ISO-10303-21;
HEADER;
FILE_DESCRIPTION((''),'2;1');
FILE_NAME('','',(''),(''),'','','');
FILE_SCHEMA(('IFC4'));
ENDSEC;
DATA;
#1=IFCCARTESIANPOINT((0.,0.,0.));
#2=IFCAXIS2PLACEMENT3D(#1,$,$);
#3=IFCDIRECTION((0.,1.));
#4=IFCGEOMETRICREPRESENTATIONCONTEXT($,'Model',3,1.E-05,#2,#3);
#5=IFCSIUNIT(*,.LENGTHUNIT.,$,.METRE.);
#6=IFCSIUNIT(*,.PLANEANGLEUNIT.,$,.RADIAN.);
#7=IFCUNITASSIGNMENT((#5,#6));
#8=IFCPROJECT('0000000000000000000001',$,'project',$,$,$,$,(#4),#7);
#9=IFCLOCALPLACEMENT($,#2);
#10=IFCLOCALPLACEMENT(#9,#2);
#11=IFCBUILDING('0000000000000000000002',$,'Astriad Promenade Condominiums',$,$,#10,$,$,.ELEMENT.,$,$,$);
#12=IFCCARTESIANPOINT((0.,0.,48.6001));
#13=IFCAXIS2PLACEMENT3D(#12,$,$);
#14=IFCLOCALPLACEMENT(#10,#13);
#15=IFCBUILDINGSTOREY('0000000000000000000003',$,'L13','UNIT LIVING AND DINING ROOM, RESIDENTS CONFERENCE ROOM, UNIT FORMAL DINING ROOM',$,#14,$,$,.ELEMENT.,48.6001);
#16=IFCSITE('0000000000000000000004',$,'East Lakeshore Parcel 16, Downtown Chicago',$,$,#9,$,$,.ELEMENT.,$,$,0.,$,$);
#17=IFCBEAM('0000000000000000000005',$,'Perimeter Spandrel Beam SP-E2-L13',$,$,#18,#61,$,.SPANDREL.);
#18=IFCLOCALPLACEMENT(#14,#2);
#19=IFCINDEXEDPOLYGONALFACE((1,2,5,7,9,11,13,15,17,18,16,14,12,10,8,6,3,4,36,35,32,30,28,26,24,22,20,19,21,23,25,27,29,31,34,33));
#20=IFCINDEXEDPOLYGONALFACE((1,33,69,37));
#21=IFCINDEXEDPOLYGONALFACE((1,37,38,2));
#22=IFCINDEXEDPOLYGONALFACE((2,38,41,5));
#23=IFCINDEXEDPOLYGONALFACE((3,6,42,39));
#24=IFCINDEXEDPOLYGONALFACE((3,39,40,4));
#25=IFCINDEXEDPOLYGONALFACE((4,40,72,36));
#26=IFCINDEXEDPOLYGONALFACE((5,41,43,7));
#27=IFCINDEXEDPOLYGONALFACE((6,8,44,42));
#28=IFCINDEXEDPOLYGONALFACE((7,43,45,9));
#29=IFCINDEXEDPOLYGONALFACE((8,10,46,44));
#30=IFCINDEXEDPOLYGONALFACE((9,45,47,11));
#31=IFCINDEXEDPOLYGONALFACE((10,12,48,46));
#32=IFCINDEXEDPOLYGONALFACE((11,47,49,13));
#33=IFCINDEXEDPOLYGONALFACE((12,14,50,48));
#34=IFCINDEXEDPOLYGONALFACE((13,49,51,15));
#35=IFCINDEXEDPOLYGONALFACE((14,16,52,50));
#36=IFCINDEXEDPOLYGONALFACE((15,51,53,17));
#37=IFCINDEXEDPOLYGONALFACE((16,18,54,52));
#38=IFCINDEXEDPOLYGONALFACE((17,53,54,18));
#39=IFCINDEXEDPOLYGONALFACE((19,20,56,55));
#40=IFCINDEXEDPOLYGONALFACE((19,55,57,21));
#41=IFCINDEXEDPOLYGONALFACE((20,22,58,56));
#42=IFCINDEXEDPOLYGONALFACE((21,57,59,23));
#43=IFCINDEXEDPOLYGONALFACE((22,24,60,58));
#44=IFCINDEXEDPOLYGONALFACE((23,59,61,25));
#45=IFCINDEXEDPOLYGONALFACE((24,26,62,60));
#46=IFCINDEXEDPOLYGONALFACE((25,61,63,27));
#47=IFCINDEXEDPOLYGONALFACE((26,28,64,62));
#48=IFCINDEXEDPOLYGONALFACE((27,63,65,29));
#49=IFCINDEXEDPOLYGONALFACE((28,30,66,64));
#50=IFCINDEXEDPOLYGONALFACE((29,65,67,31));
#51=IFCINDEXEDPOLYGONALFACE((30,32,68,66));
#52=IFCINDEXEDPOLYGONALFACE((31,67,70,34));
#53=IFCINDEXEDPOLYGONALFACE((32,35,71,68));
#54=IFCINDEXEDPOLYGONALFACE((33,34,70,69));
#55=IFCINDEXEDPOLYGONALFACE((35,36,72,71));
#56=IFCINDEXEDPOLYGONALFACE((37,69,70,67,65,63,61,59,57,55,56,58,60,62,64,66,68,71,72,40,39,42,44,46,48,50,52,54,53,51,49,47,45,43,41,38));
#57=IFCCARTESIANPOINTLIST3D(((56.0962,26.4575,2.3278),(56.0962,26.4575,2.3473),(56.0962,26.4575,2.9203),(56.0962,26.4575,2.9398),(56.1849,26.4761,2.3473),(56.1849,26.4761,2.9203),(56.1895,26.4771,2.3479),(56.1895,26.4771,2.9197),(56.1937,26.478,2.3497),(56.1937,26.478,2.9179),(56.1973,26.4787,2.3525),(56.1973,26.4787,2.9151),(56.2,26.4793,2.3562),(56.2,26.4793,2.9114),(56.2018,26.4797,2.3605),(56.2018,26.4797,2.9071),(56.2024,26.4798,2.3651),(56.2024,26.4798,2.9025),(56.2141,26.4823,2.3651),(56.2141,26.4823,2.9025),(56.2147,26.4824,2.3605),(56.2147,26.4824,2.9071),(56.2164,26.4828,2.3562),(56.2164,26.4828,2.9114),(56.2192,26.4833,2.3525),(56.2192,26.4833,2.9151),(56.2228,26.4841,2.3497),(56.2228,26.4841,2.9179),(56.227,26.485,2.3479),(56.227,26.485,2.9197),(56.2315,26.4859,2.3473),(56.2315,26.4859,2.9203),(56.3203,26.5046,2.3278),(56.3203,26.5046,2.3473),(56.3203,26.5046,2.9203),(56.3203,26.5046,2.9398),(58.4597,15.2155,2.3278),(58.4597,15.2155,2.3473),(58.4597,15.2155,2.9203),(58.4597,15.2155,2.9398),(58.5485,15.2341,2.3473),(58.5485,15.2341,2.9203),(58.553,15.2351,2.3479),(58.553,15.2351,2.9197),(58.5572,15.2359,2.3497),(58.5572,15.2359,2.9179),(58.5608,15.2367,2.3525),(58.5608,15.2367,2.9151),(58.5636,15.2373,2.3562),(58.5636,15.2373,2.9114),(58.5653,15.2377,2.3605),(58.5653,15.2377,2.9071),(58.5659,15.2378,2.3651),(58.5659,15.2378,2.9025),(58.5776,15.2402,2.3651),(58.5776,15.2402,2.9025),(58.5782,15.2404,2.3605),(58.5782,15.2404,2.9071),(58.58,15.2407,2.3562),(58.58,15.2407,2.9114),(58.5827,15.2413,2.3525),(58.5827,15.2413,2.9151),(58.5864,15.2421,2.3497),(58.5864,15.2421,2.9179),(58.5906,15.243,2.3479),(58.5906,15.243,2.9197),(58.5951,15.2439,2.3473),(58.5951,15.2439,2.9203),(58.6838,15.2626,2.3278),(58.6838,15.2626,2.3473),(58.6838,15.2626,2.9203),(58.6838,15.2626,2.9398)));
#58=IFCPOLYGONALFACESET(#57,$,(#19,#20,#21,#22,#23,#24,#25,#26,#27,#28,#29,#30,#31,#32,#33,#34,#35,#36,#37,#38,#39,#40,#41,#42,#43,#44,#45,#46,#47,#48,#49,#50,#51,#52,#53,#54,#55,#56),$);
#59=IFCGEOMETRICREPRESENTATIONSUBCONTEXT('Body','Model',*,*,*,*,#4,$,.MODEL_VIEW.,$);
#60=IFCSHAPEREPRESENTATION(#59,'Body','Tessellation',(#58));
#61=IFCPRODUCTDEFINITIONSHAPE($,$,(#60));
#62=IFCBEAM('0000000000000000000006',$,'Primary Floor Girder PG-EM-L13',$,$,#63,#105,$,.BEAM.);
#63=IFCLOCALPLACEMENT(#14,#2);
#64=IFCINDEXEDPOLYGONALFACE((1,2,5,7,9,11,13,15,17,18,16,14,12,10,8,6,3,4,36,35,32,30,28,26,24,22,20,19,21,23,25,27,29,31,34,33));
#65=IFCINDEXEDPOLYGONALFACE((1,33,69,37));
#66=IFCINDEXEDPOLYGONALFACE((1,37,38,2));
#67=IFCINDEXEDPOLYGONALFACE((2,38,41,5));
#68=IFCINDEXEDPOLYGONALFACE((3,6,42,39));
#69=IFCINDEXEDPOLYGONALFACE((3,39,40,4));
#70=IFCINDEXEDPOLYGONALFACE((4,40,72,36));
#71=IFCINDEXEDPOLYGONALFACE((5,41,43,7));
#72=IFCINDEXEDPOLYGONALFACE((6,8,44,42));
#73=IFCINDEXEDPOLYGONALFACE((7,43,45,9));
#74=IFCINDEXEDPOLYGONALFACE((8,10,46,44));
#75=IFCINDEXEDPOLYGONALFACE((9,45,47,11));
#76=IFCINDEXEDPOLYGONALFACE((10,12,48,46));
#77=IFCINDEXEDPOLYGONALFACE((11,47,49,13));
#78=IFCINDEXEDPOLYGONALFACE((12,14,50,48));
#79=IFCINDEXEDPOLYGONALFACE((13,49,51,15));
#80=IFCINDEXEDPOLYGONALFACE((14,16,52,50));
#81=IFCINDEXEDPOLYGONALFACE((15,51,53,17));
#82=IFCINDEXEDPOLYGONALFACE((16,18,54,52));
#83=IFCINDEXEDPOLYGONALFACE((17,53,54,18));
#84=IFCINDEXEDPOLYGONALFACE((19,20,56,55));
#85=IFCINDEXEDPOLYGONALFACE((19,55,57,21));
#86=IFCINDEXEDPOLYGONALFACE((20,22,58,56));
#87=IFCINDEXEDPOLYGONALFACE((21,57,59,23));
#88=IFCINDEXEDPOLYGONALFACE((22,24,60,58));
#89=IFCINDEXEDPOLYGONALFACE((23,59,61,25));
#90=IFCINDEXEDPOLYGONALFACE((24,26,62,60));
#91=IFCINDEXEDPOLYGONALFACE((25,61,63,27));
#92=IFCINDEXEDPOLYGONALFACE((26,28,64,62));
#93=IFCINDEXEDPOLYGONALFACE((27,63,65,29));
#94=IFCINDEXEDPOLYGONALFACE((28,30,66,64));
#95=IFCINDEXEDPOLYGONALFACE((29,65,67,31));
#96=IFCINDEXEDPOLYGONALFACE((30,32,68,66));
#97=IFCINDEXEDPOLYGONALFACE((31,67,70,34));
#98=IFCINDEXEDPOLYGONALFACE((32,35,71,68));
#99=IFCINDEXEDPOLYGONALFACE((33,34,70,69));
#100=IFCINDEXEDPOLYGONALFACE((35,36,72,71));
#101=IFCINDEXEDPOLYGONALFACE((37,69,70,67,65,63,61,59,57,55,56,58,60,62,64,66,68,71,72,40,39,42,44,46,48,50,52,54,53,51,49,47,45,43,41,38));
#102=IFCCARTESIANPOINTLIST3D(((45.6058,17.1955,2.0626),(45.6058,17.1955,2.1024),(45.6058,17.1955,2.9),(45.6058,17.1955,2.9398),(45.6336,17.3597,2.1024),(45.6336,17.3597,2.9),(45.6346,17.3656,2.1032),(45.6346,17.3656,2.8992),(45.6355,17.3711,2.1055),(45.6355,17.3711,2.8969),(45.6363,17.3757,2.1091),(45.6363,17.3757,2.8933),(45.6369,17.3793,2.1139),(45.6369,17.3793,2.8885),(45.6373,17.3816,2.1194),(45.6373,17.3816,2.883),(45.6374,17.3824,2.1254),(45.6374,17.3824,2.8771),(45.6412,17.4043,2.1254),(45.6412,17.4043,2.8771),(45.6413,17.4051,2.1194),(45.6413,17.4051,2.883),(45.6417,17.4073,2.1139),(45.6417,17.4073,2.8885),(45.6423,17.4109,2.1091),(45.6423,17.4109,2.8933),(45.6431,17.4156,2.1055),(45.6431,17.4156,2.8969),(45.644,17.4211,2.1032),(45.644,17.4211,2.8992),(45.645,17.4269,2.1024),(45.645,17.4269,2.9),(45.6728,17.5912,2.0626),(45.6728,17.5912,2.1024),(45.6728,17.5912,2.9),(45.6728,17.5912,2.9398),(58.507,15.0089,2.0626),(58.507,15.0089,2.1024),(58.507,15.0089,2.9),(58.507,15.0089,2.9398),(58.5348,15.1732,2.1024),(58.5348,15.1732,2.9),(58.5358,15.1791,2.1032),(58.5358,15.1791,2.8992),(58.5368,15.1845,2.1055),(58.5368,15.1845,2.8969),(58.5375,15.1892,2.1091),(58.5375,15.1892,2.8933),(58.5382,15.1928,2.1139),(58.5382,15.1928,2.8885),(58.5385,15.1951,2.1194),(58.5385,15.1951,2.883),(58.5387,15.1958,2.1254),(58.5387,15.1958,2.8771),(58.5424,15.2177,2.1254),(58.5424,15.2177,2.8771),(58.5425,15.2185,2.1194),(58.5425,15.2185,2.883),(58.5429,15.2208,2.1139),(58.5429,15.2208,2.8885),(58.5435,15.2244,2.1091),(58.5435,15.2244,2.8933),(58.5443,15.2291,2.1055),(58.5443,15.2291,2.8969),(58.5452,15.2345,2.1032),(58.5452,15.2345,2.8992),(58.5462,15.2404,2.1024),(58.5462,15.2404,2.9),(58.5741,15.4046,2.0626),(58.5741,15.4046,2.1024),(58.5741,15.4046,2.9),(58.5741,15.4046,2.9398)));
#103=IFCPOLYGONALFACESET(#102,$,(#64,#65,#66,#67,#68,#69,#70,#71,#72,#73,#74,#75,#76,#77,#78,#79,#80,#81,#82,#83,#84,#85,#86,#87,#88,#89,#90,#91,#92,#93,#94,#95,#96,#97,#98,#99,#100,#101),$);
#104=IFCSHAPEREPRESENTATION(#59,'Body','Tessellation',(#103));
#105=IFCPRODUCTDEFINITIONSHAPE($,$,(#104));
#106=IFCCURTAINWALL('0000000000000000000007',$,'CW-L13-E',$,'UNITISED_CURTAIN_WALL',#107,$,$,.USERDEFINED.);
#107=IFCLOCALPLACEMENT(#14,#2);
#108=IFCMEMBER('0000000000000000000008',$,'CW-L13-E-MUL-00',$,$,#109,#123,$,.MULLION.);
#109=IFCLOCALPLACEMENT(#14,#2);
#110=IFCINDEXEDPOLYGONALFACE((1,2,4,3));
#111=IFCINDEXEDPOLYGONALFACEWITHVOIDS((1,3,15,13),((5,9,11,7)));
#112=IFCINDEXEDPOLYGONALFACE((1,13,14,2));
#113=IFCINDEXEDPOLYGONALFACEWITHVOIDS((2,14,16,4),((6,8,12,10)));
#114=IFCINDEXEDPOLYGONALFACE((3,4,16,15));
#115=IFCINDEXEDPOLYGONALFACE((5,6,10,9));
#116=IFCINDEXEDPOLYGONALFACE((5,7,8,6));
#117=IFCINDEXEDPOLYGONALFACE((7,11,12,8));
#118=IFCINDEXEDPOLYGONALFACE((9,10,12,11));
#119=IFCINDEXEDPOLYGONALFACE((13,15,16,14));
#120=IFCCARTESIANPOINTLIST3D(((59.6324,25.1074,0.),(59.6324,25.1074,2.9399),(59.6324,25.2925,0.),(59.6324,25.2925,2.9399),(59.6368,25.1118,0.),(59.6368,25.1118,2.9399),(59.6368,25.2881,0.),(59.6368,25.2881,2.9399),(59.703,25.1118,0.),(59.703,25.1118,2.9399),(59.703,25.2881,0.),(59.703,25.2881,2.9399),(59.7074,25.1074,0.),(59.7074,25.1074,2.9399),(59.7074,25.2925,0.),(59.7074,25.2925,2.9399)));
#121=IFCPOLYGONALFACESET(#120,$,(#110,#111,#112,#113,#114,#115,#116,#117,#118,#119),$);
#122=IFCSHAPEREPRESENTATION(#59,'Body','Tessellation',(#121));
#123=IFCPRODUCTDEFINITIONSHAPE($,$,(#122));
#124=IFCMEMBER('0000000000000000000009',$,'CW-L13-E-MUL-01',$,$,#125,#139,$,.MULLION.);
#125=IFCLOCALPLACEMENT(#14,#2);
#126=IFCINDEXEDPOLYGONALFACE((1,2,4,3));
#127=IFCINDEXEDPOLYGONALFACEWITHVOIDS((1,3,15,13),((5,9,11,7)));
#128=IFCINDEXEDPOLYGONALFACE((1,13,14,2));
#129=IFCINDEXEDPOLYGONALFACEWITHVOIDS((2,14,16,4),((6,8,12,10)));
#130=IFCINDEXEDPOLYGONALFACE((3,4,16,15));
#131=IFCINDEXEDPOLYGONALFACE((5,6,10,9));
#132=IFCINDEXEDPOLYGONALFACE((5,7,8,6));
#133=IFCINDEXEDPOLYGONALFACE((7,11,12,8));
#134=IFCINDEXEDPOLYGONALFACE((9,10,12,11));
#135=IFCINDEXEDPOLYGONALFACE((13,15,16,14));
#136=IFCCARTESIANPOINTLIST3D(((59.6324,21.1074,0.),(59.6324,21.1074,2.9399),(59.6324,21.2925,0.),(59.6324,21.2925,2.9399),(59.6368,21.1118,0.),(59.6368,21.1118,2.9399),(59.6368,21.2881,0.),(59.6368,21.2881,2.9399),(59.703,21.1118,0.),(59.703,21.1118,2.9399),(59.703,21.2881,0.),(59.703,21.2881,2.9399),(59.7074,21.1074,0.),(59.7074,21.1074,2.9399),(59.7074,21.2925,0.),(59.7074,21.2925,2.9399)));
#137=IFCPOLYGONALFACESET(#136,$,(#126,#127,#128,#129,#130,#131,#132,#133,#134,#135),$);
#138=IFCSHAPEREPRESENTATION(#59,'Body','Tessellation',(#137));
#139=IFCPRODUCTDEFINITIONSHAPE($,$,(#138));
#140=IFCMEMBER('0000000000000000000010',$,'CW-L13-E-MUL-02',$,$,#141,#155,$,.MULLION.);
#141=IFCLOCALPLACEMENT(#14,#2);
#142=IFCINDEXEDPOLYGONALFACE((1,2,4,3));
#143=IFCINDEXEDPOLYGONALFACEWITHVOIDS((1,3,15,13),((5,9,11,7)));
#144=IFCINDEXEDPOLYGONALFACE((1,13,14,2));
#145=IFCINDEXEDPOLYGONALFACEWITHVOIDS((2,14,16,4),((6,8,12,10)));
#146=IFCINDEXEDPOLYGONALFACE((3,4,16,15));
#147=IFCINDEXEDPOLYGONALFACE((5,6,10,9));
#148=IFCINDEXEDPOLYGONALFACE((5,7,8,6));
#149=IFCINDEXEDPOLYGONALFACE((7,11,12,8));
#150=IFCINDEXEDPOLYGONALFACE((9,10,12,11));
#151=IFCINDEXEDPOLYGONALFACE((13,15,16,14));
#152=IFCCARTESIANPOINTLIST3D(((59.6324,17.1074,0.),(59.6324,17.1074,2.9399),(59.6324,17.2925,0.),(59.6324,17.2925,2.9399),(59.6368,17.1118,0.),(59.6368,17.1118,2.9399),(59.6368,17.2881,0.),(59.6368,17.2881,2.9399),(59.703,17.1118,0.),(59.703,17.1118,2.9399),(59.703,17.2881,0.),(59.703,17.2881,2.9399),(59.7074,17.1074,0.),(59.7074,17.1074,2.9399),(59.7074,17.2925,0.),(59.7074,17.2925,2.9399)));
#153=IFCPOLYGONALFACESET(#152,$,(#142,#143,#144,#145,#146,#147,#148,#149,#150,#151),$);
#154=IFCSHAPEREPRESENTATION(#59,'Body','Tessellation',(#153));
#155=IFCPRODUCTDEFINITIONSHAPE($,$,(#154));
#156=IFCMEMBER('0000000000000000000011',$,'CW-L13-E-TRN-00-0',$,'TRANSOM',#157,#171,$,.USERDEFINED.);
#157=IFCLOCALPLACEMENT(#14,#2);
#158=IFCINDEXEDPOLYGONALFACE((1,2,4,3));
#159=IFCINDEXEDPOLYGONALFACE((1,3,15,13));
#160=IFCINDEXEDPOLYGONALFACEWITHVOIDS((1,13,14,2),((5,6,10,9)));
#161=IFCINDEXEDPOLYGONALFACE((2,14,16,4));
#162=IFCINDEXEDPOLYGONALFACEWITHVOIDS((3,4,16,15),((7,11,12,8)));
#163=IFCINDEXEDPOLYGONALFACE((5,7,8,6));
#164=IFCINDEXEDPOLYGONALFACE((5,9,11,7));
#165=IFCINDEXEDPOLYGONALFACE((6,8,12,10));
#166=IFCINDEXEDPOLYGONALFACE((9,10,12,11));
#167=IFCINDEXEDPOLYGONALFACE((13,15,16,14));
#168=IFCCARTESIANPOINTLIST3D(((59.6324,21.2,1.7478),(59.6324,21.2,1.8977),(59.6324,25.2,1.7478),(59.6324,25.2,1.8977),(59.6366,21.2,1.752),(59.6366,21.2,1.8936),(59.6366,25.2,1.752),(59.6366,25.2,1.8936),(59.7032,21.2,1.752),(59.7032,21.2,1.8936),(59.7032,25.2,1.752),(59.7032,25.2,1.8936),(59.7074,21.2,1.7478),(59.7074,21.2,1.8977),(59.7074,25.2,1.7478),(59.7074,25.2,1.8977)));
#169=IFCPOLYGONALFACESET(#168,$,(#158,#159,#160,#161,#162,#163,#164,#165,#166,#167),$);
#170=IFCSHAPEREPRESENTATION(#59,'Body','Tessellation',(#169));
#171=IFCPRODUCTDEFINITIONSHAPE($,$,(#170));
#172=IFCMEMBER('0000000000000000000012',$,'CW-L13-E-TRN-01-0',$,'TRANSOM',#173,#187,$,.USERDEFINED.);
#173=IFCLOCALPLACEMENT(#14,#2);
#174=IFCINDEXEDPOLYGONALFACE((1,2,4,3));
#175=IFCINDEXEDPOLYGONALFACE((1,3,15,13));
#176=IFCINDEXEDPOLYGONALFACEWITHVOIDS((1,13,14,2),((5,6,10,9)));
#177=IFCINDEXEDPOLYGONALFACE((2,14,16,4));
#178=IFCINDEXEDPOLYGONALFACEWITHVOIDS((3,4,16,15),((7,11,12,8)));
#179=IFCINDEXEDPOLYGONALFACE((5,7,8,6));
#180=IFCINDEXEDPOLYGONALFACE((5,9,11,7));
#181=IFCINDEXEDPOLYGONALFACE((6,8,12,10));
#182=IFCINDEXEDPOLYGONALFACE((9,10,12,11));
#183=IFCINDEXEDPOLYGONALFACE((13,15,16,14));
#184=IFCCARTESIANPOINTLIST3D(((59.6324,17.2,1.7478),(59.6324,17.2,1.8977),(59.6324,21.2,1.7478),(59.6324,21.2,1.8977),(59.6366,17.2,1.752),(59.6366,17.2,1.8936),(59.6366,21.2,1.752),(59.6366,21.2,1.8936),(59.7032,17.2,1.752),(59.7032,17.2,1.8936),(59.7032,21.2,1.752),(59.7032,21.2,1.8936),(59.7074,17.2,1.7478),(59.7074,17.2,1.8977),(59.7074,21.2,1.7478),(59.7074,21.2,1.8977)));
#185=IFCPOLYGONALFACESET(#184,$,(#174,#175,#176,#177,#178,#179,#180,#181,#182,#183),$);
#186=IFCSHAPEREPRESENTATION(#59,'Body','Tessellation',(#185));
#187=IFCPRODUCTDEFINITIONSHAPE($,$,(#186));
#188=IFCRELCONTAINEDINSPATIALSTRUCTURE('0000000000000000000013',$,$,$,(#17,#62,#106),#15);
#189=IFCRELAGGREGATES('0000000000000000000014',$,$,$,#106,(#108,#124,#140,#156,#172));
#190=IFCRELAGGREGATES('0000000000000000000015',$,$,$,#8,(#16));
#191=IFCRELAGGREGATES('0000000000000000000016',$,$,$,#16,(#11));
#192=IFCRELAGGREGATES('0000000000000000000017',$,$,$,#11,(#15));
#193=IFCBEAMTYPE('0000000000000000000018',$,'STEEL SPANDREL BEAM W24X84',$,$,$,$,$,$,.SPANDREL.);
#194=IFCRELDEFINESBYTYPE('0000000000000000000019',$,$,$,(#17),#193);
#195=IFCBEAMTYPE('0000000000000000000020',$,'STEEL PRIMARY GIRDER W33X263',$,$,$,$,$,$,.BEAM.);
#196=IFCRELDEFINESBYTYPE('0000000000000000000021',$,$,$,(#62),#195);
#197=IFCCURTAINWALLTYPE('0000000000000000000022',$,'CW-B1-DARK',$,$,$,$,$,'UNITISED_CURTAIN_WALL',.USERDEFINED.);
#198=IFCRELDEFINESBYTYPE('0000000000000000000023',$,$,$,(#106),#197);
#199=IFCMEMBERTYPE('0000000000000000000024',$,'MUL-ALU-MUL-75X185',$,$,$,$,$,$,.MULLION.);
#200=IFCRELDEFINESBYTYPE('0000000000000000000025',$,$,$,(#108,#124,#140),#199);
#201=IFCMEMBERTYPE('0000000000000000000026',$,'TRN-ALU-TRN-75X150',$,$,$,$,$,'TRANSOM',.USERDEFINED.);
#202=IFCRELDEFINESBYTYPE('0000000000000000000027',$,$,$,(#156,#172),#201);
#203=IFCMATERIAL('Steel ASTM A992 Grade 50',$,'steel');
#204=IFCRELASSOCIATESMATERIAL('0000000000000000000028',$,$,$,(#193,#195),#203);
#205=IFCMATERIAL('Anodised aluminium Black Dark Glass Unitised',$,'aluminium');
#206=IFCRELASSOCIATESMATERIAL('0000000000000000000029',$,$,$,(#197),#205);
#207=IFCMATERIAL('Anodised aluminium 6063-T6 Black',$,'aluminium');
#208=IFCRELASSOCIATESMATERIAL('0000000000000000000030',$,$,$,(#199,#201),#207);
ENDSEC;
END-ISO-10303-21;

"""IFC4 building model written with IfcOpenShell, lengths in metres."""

from ifc_helpers import new_model, si_unit, direction, frame, origin, origin_2d, place, context, subcontext, project, spatial, hollow_rectangle, i_section, extrude, source, transform, mapped, material, material_profile, profile_set, type_object, type_shapes, element, aggregate, save


model = new_model("IFC4")

# Units and contexts
model_context = context("Model", 3, precision=1e-05, world=origin(), true_north=direction((0.0, 1.0)))
body_context = subcontext(model_context, "Body", "Model", "MODEL_VIEW")
ifc_project = project(units=[si_unit("LENGTHUNIT", "METRE"), si_unit("PLANEANGLEUNIT", "RADIAN")], contexts=[model_context])

# Site, building, storey
site_placement = place(None, origin())
site = spatial("IfcSite", under=ifc_project, at=site_placement, Name="East Lakeshore Parcel 16, Downtown Chicago", CompositionType="ELEMENT", RefElevation=0.0)
building_placement = place(site_placement, origin())
building = spatial("IfcBuilding", under=site, at=building_placement, Name="Astriad Promenade Condominiums", CompositionType="ELEMENT")
storey_placement = place(building_placement, frame((0.0, 0.0, 48.6001)))
storey = spatial("IfcBuildingStorey", under=building, at=storey_placement, Name="L13", Description="UNIT LIVING AND DINING ROOM, RESIDENTS CONFERENCE ROOM, UNIT FORMAL DINING ROOM", CompositionType="ELEMENT", Elevation=48.6001)

# Beams
ifc_material_1 = material(Name="Steel ASTM A992 Grade 50", Category="steel")
ifc_material_profile_1 = material_profile(ifc_material_1, i_section(OverallWidth=0.229, OverallDepth=0.6121, WebThickness=0.012, FlangeThickness=0.0195, FilletRadius=0.0178, at=origin_2d()), Name="W24X84")
ifc_profile_set_1 = profile_set([ifc_material_profile_1], Name="Steel ASTM A992 Grade 50")
beam_type_1 = type_object("IfcBeamType", Name="STEEL SPANDREL BEAM W24X84", PredefinedType="SPANDREL", material=ifc_profile_set_1)
shared_shape_1 = source(origin(), body_context, "Body", "SweptSolid", [
    extrude(i_section(OverallWidth=0.229, OverallDepth=0.6121, WebThickness=0.012, FlangeThickness=0.0195, FilletRadius=0.0178, at=origin_2d()), origin(), (0.0, 0.0, 1.0), 11.4878),
])
type_shapes(beam_type_1, [shared_shape_1])
beam_1_placement = place(storey_placement, frame((58.5718, 15.239, 2.6338), z_axis=(-0.205744, 0.978606, 0.0), x_axis=(-0.978606, -0.205744, 0.0)))
element("IfcBeam", 1, at=beam_1_placement, inside=storey, type_object=beam_type_1, Name="Perimeter Spandrel Beam SP-E2-L13", PredefinedType="SPANDREL", context=body_context, shape_type="MappedRepresentation", body=[
    mapped(shared_shape_1, transform((0.0, 0.0, 0.0), scale=1.0)),
])
ifc_material_profile_2 = material_profile(ifc_material_1, i_section(OverallWidth=0.4014, OverallDepth=0.8772, WebThickness=0.0222, FlangeThickness=0.0398, FilletRadius=0.0229, at=origin_2d()), Name="W33X263")
ifc_profile_set_2 = profile_set([ifc_material_profile_2], Name="Steel ASTM A992 Grade 50")
beam_type_2 = type_object("IfcBeamType", Name="STEEL PRIMARY GIRDER W33X263", PredefinedType="BEAM", material=ifc_profile_set_2)
shared_shape_2 = source(origin(), body_context, "Body", "SweptSolid", [
    extrude(i_section(OverallWidth=0.4014, OverallDepth=0.8772, WebThickness=0.0222, FlangeThickness=0.0398, FilletRadius=0.0229, at=origin_2d()), origin(), (0.0, 0.0, 1.0), 13.0852),
])
type_shapes(beam_type_2, [shared_shape_2])
beam_2_placement = place(storey_placement, frame((58.5405, 15.2068, 2.5012), z_axis=(-0.98594, 0.1671, 0.0), x_axis=(-0.1671, -0.98594, 0.0)))
element("IfcBeam", 2, at=beam_2_placement, inside=storey, type_object=beam_type_2, Name="Primary Floor Girder PG-EM-L13", PredefinedType="BEAM", context=body_context, shape_type="MappedRepresentation", body=[
    mapped(shared_shape_2, transform((0.0, 0.0, 0.0), scale=1.0)),
])

# Curtain wall, members
ifc_material_2 = material(Name="Anodised aluminium Black Dark Glass Unitised", Category="aluminium")
curtain_wall_type = type_object("IfcCurtainWallType", Name="CW-B1-DARK", ElementType="UNITISED_CURTAIN_WALL", PredefinedType="USERDEFINED", material=ifc_material_2)
curtain_wall_placement = place(storey_placement, origin())
curtain_wall = element("IfcCurtainWall", 3, at=curtain_wall_placement, inside=storey, type_object=curtain_wall_type, Name="CW-L13-E", ObjectType="UNITISED_CURTAIN_WALL", PredefinedType="USERDEFINED")
ifc_material_3 = material(Name="Anodised aluminium 6063-T6 Black", Category="aluminium")
ifc_material_profile_3 = material_profile(ifc_material_3, hollow_rectangle(XDim=0.075, YDim=0.1851, WallThickness=0.0044, at=origin_2d()), Name="ALU-MUL-75X185")
ifc_profile_set_3 = profile_set([ifc_material_profile_3], Name="Anodised aluminium 6063-T6 Black")
member_type_1 = type_object("IfcMemberType", Name="MUL-ALU-MUL-75X185", PredefinedType="MULLION", material=ifc_profile_set_3)
shared_shape_3 = source(origin(), body_context, "Body", "SweptSolid", [
    extrude(hollow_rectangle(XDim=0.075, YDim=0.1851, WallThickness=0.0044, at=origin_2d()), origin(), (0.0, 0.0, 1.0), 2.9399),
])
type_shapes(member_type_1, [shared_shape_3])
member_1_placement = place(storey_placement, frame((59.6699, 25.2, 0.0), z_axis=(0.0, 0.0, 1.0), x_axis=(1.0, 0.0, 0.0)))
member_1 = element("IfcMember", 4, at=member_1_placement, type_object=member_type_1, Name="CW-L13-E-MUL-00", PredefinedType="MULLION", context=body_context, shape_type="MappedRepresentation", body=[
    mapped(shared_shape_3, transform((0.0, 0.0, 0.0), scale=1.0)),
])
member_2_placement = place(storey_placement, frame((59.6699, 21.2, 0.0), z_axis=(0.0, 0.0, 1.0), x_axis=(1.0, 0.0, 0.0)))
member_2 = element("IfcMember", 5, at=member_2_placement, type_object=member_type_1, Name="CW-L13-E-MUL-01", PredefinedType="MULLION", context=body_context, shape_type="MappedRepresentation", body=[
    mapped(shared_shape_3, transform((0.0, 0.0, 0.0), scale=1.0)),
])
member_3_placement = place(storey_placement, frame((59.6699, 17.2, 0.0), z_axis=(0.0, 0.0, 1.0), x_axis=(1.0, 0.0, 0.0)))
member_3 = element("IfcMember", 6, at=member_3_placement, type_object=member_type_1, Name="CW-L13-E-MUL-02", PredefinedType="MULLION", context=body_context, shape_type="MappedRepresentation", body=[
    mapped(shared_shape_3, transform((0.0, 0.0, 0.0), scale=1.0)),
])
ifc_material_profile_4 = material_profile(ifc_material_3, hollow_rectangle(XDim=0.075, YDim=0.1499, WallThickness=0.0042, at=origin_2d()), Name="ALU-TRN-75X150")
ifc_profile_set_4 = profile_set([ifc_material_profile_4], Name="Anodised aluminium 6063-T6 Black")
member_type_2 = type_object("IfcMemberType", Name="TRN-ALU-TRN-75X150", ElementType="TRANSOM", PredefinedType="USERDEFINED", material=ifc_profile_set_4)
shared_shape_4 = source(origin(), body_context, "Body", "SweptSolid", [
    extrude(hollow_rectangle(XDim=0.075, YDim=0.1499, WallThickness=0.0042, at=origin_2d()), origin(), (0.0, 0.0, 1.0), 4.0),
])
type_shapes(member_type_2, [shared_shape_4])
member_4_placement = place(storey_placement, frame((59.6699, 25.2, 1.8228), z_axis=(0.0, -1.0, 0.0), x_axis=(1.0, 0.0, 0.0)))
member_4 = element("IfcMember", 7, at=member_4_placement, type_object=member_type_2, Name="CW-L13-E-TRN-00-0", ObjectType="TRANSOM", PredefinedType="USERDEFINED", context=body_context, shape_type="MappedRepresentation", body=[
    mapped(shared_shape_4, transform((0.0, 0.0, 0.0), scale=1.0)),
])
member_5_placement = place(storey_placement, frame((59.6699, 21.2, 1.8228), z_axis=(0.0, -1.0, 0.0), x_axis=(1.0, 0.0, 0.0)))
member_5 = element("IfcMember", 8, at=member_5_placement, type_object=member_type_2, Name="CW-L13-E-TRN-01-0", ObjectType="TRANSOM", PredefinedType="USERDEFINED", context=body_context, shape_type="MappedRepresentation", body=[
    mapped(shared_shape_4, transform((0.0, 0.0, 0.0), scale=1.0)),
])
aggregate(curtain_wall, [member_1, member_2, member_3, member_4, member_5])

save(model, "model.ifc")
